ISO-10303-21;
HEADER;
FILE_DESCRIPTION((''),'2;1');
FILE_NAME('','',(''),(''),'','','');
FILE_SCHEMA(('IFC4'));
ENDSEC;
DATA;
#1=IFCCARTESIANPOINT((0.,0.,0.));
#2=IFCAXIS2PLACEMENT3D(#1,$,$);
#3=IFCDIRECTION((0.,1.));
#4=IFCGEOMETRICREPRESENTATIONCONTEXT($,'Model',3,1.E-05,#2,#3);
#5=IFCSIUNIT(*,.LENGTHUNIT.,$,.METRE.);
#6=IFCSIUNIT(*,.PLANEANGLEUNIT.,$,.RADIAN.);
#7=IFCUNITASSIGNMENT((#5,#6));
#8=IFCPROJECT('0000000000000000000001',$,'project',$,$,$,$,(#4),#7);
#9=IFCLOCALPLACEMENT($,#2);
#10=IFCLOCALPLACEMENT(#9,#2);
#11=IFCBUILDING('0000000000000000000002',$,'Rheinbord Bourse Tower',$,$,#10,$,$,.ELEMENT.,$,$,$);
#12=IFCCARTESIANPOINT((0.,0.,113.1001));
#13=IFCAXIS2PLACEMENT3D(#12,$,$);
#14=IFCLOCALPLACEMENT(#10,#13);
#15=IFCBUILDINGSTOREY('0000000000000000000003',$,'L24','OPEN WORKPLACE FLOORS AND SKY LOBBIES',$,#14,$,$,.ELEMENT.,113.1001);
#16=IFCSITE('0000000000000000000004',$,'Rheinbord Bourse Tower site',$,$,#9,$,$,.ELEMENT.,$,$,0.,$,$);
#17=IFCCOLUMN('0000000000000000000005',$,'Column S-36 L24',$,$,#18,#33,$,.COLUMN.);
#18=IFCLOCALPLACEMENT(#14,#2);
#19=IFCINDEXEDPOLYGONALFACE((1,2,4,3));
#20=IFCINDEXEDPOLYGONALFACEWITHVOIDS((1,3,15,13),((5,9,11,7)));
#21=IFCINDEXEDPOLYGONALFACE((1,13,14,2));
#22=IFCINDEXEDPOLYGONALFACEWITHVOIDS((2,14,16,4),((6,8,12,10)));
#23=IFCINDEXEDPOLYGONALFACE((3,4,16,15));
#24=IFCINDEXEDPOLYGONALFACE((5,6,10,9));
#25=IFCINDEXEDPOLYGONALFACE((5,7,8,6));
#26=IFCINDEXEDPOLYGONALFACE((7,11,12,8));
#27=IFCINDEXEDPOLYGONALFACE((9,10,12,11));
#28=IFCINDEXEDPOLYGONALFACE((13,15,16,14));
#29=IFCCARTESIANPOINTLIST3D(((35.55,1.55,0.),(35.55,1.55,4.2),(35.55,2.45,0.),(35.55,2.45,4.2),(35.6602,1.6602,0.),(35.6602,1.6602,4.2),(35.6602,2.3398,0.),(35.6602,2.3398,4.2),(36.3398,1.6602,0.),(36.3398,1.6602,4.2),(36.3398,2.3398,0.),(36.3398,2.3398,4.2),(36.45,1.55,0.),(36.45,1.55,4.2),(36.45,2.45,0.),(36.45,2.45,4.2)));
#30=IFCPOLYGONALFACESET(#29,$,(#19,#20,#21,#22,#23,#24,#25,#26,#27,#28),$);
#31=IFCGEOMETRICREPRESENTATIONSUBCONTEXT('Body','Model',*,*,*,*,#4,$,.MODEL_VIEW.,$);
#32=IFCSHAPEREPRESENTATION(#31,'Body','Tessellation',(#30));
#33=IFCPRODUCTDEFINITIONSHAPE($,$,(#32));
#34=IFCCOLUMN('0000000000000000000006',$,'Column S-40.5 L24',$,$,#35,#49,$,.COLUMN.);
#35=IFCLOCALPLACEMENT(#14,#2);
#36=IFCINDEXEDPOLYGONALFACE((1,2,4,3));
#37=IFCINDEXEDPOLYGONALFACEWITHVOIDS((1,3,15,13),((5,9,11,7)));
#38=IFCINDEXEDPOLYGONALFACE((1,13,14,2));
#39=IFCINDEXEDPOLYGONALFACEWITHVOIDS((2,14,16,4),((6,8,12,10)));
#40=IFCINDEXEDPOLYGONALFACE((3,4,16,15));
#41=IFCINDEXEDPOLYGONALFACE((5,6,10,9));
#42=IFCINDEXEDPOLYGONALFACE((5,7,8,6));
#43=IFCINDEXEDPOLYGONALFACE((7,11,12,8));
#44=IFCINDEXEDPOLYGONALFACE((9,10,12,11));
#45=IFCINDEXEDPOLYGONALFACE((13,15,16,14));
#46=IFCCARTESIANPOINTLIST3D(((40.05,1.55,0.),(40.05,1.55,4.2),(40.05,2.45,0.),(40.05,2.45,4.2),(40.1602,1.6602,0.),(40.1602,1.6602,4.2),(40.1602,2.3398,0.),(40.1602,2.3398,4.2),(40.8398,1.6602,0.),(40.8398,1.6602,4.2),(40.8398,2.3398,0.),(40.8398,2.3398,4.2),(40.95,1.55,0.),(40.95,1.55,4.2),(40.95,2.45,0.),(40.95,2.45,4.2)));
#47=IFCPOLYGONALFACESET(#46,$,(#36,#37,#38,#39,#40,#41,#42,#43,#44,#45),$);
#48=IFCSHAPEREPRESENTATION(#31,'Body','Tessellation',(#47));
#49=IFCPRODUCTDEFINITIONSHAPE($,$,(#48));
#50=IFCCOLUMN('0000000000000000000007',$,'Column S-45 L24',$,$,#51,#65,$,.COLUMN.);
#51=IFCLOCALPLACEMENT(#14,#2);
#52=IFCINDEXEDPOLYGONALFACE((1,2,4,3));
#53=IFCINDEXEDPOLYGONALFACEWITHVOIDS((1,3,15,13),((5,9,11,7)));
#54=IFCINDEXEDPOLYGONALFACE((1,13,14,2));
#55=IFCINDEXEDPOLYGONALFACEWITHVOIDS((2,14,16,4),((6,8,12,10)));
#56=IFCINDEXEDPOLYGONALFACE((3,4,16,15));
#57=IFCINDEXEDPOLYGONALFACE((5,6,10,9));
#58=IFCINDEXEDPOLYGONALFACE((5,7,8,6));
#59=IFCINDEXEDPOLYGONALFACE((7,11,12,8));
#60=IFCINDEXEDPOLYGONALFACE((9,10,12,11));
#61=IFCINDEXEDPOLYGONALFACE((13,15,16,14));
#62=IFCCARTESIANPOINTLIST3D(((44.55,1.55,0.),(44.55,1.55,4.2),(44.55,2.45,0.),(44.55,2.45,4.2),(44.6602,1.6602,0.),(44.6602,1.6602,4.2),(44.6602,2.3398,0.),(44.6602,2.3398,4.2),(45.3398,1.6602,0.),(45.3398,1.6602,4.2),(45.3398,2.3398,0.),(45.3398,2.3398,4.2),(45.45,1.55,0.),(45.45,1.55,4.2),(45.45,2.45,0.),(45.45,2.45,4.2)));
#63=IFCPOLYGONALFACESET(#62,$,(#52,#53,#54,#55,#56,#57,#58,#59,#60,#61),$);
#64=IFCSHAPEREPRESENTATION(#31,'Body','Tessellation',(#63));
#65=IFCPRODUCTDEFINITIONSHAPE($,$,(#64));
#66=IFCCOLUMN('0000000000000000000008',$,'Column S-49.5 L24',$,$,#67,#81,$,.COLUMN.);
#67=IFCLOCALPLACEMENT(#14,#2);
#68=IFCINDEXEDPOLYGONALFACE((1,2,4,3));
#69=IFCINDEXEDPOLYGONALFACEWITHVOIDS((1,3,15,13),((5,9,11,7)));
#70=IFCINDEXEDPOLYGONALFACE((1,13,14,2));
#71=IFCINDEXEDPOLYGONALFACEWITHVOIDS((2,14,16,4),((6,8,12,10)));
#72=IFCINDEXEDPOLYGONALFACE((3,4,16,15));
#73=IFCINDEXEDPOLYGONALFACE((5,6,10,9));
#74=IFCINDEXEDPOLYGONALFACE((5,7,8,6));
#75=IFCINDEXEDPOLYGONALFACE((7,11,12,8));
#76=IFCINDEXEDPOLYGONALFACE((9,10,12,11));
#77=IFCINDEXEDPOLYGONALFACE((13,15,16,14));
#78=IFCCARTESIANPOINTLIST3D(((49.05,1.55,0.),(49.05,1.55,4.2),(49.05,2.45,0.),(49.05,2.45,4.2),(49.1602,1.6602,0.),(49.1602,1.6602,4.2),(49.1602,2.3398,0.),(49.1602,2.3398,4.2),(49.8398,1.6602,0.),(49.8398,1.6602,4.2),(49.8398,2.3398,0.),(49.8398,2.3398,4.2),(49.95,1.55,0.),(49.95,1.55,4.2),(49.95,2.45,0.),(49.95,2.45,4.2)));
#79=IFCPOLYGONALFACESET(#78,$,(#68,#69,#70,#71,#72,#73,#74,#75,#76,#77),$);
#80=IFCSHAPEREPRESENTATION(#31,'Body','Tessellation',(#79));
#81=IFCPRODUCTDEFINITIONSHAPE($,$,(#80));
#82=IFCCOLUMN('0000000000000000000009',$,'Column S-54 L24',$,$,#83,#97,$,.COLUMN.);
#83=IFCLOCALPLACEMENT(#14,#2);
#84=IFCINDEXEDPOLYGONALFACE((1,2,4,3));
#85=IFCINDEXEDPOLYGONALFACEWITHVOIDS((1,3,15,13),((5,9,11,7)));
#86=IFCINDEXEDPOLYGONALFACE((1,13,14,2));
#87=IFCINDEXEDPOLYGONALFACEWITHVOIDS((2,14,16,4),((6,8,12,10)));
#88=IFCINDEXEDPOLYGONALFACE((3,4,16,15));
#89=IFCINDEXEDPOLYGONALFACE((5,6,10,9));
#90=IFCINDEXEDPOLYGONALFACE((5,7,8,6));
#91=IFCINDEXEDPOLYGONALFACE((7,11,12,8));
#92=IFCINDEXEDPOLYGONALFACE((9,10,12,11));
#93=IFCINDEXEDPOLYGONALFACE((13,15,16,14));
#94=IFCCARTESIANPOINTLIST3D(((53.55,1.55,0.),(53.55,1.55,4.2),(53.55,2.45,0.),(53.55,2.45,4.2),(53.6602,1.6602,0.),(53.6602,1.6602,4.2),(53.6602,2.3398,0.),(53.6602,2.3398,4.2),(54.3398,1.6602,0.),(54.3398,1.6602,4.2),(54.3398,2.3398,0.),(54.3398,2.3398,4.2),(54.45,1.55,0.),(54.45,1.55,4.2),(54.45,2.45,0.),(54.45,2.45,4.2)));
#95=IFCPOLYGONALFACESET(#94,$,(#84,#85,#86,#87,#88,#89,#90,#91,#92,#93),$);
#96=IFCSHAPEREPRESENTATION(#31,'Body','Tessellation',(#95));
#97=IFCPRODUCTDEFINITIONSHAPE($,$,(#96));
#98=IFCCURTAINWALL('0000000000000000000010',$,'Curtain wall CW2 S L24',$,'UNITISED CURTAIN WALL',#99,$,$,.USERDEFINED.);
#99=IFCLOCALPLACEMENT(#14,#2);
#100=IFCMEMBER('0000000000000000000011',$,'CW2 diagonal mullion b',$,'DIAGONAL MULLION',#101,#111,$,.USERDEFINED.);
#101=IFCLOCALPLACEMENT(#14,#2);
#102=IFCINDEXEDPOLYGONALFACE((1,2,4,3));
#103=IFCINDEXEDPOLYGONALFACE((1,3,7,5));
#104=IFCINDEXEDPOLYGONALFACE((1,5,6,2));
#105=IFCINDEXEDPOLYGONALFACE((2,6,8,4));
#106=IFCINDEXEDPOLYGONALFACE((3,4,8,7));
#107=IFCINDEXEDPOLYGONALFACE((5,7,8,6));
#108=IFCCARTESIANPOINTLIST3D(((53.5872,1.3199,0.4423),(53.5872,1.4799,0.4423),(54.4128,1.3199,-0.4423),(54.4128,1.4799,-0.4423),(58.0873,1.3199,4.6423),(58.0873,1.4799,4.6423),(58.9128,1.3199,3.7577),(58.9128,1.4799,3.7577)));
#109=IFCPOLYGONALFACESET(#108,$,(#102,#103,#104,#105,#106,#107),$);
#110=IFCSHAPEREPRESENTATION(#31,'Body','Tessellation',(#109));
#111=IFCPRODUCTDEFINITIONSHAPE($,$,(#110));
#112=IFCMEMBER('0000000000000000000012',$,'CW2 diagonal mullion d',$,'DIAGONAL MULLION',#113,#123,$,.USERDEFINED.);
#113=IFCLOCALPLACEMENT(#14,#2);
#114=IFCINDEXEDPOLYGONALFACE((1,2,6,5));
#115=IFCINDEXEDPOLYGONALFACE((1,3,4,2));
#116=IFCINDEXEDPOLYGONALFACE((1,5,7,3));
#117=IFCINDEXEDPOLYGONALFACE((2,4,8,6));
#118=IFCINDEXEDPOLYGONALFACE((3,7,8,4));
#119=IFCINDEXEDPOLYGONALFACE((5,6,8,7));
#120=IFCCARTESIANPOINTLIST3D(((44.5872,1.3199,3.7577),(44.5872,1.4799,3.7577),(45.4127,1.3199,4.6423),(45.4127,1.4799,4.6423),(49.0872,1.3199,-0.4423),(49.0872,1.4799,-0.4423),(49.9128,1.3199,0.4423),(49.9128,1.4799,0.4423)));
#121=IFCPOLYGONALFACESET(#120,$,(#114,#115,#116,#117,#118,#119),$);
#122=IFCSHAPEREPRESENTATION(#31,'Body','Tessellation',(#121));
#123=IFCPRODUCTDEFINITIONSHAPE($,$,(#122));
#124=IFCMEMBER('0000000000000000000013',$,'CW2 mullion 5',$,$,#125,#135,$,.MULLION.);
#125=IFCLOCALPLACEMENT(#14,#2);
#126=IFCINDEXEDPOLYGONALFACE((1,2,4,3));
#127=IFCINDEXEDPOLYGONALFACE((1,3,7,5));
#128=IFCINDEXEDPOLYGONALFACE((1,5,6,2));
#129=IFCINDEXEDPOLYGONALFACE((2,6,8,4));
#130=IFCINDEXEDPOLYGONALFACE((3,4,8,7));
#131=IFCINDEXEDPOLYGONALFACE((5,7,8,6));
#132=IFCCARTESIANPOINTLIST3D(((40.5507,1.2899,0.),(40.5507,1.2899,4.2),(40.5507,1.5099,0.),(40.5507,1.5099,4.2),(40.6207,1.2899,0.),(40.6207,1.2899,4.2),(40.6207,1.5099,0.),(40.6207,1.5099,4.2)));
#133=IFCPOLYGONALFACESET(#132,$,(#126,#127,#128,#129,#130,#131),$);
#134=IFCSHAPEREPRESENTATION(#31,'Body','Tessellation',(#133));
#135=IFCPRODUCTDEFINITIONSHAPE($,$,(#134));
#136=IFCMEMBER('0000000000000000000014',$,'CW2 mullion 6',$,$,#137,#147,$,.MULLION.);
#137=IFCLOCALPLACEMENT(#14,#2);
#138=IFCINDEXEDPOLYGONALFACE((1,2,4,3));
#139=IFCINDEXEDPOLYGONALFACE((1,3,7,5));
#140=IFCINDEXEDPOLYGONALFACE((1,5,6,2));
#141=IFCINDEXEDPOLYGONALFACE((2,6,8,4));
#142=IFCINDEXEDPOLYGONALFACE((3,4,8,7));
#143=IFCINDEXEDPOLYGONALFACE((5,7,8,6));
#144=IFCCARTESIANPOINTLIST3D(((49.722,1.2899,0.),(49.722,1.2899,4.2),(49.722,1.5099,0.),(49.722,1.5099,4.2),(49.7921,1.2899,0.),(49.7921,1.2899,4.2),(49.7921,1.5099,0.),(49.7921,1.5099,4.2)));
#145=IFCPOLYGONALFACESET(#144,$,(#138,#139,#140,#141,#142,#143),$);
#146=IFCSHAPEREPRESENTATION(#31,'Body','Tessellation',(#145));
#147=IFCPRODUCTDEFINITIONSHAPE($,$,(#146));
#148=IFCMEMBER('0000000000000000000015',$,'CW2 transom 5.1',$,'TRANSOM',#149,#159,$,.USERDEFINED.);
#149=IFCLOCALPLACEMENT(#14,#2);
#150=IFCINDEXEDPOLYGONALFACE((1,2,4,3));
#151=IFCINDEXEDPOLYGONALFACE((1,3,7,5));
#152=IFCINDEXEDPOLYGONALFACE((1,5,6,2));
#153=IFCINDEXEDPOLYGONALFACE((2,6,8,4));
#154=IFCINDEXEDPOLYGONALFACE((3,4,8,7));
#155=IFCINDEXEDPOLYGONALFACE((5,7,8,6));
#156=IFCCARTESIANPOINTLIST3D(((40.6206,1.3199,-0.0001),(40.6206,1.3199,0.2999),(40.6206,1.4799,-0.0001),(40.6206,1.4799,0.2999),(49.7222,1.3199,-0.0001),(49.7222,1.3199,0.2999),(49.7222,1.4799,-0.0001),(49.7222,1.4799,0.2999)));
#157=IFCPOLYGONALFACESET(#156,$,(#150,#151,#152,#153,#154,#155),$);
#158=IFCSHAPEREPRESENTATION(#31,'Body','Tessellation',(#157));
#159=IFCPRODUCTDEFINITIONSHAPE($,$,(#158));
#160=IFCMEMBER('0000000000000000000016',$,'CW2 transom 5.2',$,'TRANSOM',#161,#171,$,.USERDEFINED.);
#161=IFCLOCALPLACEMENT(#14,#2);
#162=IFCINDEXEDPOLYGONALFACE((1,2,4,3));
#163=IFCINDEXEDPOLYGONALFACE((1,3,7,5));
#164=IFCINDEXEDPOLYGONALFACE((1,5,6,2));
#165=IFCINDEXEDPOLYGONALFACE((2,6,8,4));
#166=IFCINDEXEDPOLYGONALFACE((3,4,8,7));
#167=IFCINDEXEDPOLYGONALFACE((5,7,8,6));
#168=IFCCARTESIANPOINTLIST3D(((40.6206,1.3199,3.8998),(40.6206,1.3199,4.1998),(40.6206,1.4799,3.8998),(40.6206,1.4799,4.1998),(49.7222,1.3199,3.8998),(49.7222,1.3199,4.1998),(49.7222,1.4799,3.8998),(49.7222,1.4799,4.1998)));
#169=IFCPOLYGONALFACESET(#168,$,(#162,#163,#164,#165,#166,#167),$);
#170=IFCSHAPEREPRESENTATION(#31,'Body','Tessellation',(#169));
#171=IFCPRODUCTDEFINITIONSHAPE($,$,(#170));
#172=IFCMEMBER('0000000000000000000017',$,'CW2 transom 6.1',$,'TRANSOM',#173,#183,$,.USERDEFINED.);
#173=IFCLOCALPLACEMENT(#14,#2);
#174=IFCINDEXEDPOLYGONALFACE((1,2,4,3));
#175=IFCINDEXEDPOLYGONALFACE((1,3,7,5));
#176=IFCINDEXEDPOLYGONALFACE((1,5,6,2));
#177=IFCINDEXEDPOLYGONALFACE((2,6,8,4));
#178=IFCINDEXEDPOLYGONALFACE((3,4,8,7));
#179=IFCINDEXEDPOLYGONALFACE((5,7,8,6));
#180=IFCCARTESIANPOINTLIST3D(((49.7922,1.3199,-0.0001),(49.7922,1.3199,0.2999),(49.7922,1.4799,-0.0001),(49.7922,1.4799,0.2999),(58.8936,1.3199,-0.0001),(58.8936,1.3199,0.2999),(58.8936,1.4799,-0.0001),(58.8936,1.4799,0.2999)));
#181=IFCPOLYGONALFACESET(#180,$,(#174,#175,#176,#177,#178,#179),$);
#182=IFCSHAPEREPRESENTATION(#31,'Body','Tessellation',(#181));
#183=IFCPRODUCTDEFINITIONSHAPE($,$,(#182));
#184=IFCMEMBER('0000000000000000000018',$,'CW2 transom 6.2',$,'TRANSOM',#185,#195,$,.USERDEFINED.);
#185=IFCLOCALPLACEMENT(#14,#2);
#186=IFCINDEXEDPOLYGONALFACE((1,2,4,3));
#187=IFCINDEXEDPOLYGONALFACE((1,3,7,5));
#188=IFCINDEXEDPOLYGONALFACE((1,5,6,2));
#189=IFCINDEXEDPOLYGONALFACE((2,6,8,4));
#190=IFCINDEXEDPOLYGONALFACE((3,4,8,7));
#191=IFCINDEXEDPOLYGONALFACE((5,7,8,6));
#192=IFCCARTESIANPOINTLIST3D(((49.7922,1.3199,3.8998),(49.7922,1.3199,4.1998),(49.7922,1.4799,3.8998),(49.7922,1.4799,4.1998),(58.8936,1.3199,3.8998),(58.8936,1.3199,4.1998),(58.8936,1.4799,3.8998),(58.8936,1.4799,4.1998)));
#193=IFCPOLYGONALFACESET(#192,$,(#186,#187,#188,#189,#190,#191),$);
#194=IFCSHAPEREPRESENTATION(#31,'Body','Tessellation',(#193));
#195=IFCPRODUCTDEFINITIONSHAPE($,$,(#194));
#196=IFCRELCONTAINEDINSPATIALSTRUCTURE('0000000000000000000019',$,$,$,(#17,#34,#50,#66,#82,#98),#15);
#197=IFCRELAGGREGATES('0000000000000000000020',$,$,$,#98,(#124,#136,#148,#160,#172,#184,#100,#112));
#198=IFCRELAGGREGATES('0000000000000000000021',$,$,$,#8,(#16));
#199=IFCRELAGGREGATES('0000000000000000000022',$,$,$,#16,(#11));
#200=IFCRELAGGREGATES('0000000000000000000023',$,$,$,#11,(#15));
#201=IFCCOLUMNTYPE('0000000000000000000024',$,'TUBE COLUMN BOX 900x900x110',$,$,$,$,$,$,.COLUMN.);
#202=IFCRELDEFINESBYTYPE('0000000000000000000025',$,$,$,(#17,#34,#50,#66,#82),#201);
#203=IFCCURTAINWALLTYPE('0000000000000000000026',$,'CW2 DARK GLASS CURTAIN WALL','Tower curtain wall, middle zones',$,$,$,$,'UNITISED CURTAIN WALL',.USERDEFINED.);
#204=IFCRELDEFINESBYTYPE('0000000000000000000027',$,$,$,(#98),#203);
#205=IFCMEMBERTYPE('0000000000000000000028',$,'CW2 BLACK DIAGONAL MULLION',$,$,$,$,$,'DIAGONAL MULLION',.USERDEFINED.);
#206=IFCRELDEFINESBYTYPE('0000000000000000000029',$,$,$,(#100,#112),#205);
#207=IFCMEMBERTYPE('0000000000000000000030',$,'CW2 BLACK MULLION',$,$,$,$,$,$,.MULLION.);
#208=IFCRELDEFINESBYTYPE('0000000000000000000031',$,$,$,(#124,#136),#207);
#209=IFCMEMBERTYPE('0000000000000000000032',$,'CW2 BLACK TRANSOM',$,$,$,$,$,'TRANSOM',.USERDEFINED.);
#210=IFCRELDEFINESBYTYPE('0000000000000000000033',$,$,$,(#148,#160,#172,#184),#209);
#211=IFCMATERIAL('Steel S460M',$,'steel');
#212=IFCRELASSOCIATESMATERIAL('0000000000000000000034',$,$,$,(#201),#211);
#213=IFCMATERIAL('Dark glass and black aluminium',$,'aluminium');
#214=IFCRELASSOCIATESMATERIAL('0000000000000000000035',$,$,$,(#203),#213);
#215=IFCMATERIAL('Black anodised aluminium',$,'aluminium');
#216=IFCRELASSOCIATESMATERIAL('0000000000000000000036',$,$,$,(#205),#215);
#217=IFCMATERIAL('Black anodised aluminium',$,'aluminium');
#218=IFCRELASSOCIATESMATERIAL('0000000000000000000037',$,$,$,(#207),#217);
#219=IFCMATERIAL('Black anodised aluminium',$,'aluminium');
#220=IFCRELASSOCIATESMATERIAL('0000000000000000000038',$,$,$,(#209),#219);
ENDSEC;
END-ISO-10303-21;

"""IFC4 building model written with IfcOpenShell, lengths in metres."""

from ifc_helpers import new_model, si_unit, direction, frame, origin, origin_2d, place, context, subcontext, project, spatial, rectangle, hollow_rectangle, extrude, material, material_profile, profile_set, type_object, element, aggregate, save


model = new_model("IFC4")

# Units and contexts
model_context = context("Model", 3, precision=1e-05, world=origin(), true_north=direction((0.0, 1.0)))
body_context = subcontext(model_context, "Body", "Model", "MODEL_VIEW")
ifc_project = project(units=[si_unit("LENGTHUNIT", "METRE"), si_unit("PLANEANGLEUNIT", "RADIAN")], contexts=[model_context])

# Site, building, storey
site_placement = place(None, origin())
site = spatial("IfcSite", under=ifc_project, at=site_placement, Name="Rheinbord Bourse Tower site", CompositionType="ELEMENT", RefElevation=0.0)
building_placement = place(site_placement, origin())
building = spatial("IfcBuilding", under=site, at=building_placement, Name="Rheinbord Bourse Tower", CompositionType="ELEMENT")
storey_placement = place(building_placement, frame((0.0, 0.0, 113.1001)))
storey = spatial("IfcBuildingStorey", under=building, at=storey_placement, Name="L24", Description="OPEN WORKPLACE FLOORS AND SKY LOBBIES", CompositionType="ELEMENT", Elevation=113.1001)

# Columns
ifc_material_1 = material(Name="Steel S460M", Category="steel")
ifc_material_profile_1 = material_profile(ifc_material_1, hollow_rectangle(XDim=0.8999, YDim=0.8999, WallThickness=0.1101, at=origin_2d()), Name="BOX 900x900x110")
ifc_profile_set_1 = profile_set([ifc_material_profile_1], Name="Steel S460M")
column_type = type_object("IfcColumnType", Name="TUBE COLUMN BOX 900x900x110", PredefinedType="COLUMN", material=ifc_profile_set_1)
for number, where, z_axis, x_axis, name in (
    (1, (36.0, 2.0, 0.0), (0.0, 0.0, 1.0), (0.0, 1.0, 0.0), "Column S-36 L24"),
    (2, (40.5, 2.0, 0.0), (0.0, 0.0, 1.0), (0.0, 1.0, 0.0), "Column S-40.5 L24"),
    (3, (45.0, 2.0, 0.0), (0.0, 0.0, 1.0), (0.0, 1.0, 0.0), "Column S-45 L24"),
    (4, (49.5, 2.0, 0.0), (0.0, 0.0, 1.0), (0.0, 1.0, 0.0), "Column S-49.5 L24"),
    (5, (54.0, 2.0, 0.0), (0.0, 0.0, 1.0), (0.0, 1.0, 0.0), "Column S-54 L24"),
):
    element("IfcColumn", number, at=place(storey_placement, frame(where, z_axis=z_axis, x_axis=x_axis)), inside=storey, type_object=column_type, Name=name, PredefinedType="COLUMN", context=body_context, shape_type="SweptSolid", body=[
        extrude(hollow_rectangle(XDim=0.8999, YDim=0.8999, WallThickness=0.1101, at=origin_2d()), origin(), (0.0, 0.0, 1.0), 4.2),
    ])

# Curtain wall, members
ifc_material_2 = material(Name="Dark glass and black aluminium", Category="aluminium")
curtain_wall_type = type_object("IfcCurtainWallType", Name="CW2 DARK GLASS CURTAIN WALL", Description="Tower curtain wall, middle zones", ElementType="UNITISED CURTAIN WALL", PredefinedType="USERDEFINED", material=ifc_material_2)
curtain_wall_placement = place(storey_placement, origin())
curtain_wall = element("IfcCurtainWall", 6, at=curtain_wall_placement, inside=storey, type_object=curtain_wall_type, Name="Curtain wall CW2 S L24", ObjectType="UNITISED CURTAIN WALL", PredefinedType="USERDEFINED")
ifc_material_3 = material(Name="Black anodised aluminium", Category="aluminium")
ifc_material_profile_2 = material_profile(ifc_material_3, rectangle(XDim=0.1599, YDim=1.21, at=origin_2d()), Name="CW2 DIAGONAL MULLION 1210x160")
ifc_profile_set_2 = profile_set([ifc_material_profile_2], Name="Black anodised aluminium")
member_type_1 = type_object("IfcMemberType", Name="CW2 BLACK DIAGONAL MULLION", ElementType="DIAGONAL MULLION", PredefinedType="USERDEFINED", material=ifc_profile_set_2)
member_1_placement = place(storey_placement, frame((54.0, 1.3999, 0.0), z_axis=(0.731059, 0.0, 0.682314), x_axis=(0.0, 1.0, 0.0)))
member_1 = element("IfcMember", 7, at=member_1_placement, type_object=member_type_1, Name="CW2 diagonal mullion b", ObjectType="DIAGONAL MULLION", PredefinedType="USERDEFINED", context=body_context, shape_type="SweptSolid", body=[
    extrude(rectangle(XDim=0.1599, YDim=1.21, at=origin_2d()), origin(), (0.0, 0.0, 1.0), 6.1555),
])
member_2_placement = place(storey_placement, frame((49.5, 1.3999, 0.0), z_axis=(-0.731059, 0.0, 0.682314), x_axis=(0.0, -1.0, 0.0)))
member_2 = element("IfcMember", 8, at=member_2_placement, type_object=member_type_1, Name="CW2 diagonal mullion d", ObjectType="DIAGONAL MULLION", PredefinedType="USERDEFINED", context=body_context, shape_type="SweptSolid", body=[
    extrude(rectangle(XDim=0.1599, YDim=1.21, at=origin_2d()), origin(), (0.0, 0.0, 1.0), 6.1555),
])
ifc_material_4 = material(Name="Black anodised aluminium", Category="aluminium")
ifc_material_profile_3 = material_profile(ifc_material_4, rectangle(XDim=0.22, YDim=0.0701, at=origin_2d()), Name="CW2 MULLION 70x220")
ifc_profile_set_3 = profile_set([ifc_material_profile_3], Name="Black anodised aluminium")
member_type_2 = type_object("IfcMemberType", Name="CW2 BLACK MULLION", PredefinedType="MULLION", material=ifc_profile_set_3)
member_3_placement = place(storey_placement, frame((40.5857, 1.3999, 0.0), z_axis=(0.0, 0.0, 1.0), x_axis=(0.0, 1.0, 0.0)))
member_3 = element("IfcMember", 9, at=member_3_placement, type_object=member_type_2, Name="CW2 mullion 5", PredefinedType="MULLION", context=body_context, shape_type="SweptSolid", body=[
    extrude(rectangle(XDim=0.22, YDim=0.0701, at=origin_2d()), origin(), (0.0, 0.0, 1.0), 4.2),
])
member_4_placement = place(storey_placement, frame((49.7571, 1.3999, 0.0), z_axis=(0.0, 0.0, 1.0), x_axis=(0.0, 1.0, 0.0)))
member_4 = element("IfcMember", 10, at=member_4_placement, type_object=member_type_2, Name="CW2 mullion 6", PredefinedType="MULLION", context=body_context, shape_type="SweptSolid", body=[
    extrude(rectangle(XDim=0.22, YDim=0.0701, at=origin_2d()), origin(), (0.0, 0.0, 1.0), 4.2),
])
ifc_material_5 = material(Name="Black anodised aluminium", Category="aluminium")
ifc_material_profile_4 = material_profile(ifc_material_5, rectangle(XDim=0.1599, YDim=0.3, at=origin_2d()), Name="CW2 TRANSOM 300x160")
ifc_profile_set_4 = profile_set([ifc_material_profile_4], Name="Black anodised aluminium")
member_type_3 = type_object("IfcMemberType", Name="CW2 BLACK TRANSOM", ElementType="TRANSOM", PredefinedType="USERDEFINED", material=ifc_profile_set_4)
member_5_placement = place(storey_placement, frame((40.6206, 1.3999, 0.1499), z_axis=(1.0, 0.0, 0.0), x_axis=(0.0, 1.0, 0.0)))
member_5 = element("IfcMember", 11, at=member_5_placement, type_object=member_type_3, Name="CW2 transom 5.1", ObjectType="TRANSOM", PredefinedType="USERDEFINED", context=body_context, shape_type="SweptSolid", body=[
    extrude(rectangle(XDim=0.1599, YDim=0.3, at=origin_2d()), origin(), (0.0, 0.0, 1.0), 9.1016),
])
member_6_placement = place(storey_placement, frame((40.6206, 1.3999, 4.0498), z_axis=(1.0, 0.0, 0.0), x_axis=(0.0, 1.0, 0.0)))
member_6 = element("IfcMember", 12, at=member_6_placement, type_object=member_type_3, Name="CW2 transom 5.2", ObjectType="TRANSOM", PredefinedType="USERDEFINED", context=body_context, shape_type="SweptSolid", body=[
    extrude(rectangle(XDim=0.1599, YDim=0.3, at=origin_2d()), origin(), (0.0, 0.0, 1.0), 9.1016),
])
member_7_placement = place(storey_placement, frame((49.7922, 1.3999, 0.1499), z_axis=(1.0, 0.0, 0.0), x_axis=(0.0, 1.0, 0.0)))
member_7 = element("IfcMember", 13, at=member_7_placement, type_object=member_type_3, Name="CW2 transom 6.1", ObjectType="TRANSOM", PredefinedType="USERDEFINED", context=body_context, shape_type="SweptSolid", body=[
    extrude(rectangle(XDim=0.1599, YDim=0.3, at=origin_2d()), origin(), (0.0, 0.0, 1.0), 9.1013),
])
member_8_placement = place(storey_placement, frame((49.7922, 1.3999, 4.0498), z_axis=(1.0, 0.0, 0.0), x_axis=(0.0, 1.0, 0.0)))
member_8 = element("IfcMember", 14, at=member_8_placement, type_object=member_type_3, Name="CW2 transom 6.2", ObjectType="TRANSOM", PredefinedType="USERDEFINED", context=body_context, shape_type="SweptSolid", body=[
    extrude(rectangle(XDim=0.1599, YDim=0.3, at=origin_2d()), origin(), (0.0, 0.0, 1.0), 9.1013),
])

aggregate(curtain_wall, [member_3, member_4, member_5, member_6, member_7, member_8, member_1, member_2])

save(model, "model.ifc")
